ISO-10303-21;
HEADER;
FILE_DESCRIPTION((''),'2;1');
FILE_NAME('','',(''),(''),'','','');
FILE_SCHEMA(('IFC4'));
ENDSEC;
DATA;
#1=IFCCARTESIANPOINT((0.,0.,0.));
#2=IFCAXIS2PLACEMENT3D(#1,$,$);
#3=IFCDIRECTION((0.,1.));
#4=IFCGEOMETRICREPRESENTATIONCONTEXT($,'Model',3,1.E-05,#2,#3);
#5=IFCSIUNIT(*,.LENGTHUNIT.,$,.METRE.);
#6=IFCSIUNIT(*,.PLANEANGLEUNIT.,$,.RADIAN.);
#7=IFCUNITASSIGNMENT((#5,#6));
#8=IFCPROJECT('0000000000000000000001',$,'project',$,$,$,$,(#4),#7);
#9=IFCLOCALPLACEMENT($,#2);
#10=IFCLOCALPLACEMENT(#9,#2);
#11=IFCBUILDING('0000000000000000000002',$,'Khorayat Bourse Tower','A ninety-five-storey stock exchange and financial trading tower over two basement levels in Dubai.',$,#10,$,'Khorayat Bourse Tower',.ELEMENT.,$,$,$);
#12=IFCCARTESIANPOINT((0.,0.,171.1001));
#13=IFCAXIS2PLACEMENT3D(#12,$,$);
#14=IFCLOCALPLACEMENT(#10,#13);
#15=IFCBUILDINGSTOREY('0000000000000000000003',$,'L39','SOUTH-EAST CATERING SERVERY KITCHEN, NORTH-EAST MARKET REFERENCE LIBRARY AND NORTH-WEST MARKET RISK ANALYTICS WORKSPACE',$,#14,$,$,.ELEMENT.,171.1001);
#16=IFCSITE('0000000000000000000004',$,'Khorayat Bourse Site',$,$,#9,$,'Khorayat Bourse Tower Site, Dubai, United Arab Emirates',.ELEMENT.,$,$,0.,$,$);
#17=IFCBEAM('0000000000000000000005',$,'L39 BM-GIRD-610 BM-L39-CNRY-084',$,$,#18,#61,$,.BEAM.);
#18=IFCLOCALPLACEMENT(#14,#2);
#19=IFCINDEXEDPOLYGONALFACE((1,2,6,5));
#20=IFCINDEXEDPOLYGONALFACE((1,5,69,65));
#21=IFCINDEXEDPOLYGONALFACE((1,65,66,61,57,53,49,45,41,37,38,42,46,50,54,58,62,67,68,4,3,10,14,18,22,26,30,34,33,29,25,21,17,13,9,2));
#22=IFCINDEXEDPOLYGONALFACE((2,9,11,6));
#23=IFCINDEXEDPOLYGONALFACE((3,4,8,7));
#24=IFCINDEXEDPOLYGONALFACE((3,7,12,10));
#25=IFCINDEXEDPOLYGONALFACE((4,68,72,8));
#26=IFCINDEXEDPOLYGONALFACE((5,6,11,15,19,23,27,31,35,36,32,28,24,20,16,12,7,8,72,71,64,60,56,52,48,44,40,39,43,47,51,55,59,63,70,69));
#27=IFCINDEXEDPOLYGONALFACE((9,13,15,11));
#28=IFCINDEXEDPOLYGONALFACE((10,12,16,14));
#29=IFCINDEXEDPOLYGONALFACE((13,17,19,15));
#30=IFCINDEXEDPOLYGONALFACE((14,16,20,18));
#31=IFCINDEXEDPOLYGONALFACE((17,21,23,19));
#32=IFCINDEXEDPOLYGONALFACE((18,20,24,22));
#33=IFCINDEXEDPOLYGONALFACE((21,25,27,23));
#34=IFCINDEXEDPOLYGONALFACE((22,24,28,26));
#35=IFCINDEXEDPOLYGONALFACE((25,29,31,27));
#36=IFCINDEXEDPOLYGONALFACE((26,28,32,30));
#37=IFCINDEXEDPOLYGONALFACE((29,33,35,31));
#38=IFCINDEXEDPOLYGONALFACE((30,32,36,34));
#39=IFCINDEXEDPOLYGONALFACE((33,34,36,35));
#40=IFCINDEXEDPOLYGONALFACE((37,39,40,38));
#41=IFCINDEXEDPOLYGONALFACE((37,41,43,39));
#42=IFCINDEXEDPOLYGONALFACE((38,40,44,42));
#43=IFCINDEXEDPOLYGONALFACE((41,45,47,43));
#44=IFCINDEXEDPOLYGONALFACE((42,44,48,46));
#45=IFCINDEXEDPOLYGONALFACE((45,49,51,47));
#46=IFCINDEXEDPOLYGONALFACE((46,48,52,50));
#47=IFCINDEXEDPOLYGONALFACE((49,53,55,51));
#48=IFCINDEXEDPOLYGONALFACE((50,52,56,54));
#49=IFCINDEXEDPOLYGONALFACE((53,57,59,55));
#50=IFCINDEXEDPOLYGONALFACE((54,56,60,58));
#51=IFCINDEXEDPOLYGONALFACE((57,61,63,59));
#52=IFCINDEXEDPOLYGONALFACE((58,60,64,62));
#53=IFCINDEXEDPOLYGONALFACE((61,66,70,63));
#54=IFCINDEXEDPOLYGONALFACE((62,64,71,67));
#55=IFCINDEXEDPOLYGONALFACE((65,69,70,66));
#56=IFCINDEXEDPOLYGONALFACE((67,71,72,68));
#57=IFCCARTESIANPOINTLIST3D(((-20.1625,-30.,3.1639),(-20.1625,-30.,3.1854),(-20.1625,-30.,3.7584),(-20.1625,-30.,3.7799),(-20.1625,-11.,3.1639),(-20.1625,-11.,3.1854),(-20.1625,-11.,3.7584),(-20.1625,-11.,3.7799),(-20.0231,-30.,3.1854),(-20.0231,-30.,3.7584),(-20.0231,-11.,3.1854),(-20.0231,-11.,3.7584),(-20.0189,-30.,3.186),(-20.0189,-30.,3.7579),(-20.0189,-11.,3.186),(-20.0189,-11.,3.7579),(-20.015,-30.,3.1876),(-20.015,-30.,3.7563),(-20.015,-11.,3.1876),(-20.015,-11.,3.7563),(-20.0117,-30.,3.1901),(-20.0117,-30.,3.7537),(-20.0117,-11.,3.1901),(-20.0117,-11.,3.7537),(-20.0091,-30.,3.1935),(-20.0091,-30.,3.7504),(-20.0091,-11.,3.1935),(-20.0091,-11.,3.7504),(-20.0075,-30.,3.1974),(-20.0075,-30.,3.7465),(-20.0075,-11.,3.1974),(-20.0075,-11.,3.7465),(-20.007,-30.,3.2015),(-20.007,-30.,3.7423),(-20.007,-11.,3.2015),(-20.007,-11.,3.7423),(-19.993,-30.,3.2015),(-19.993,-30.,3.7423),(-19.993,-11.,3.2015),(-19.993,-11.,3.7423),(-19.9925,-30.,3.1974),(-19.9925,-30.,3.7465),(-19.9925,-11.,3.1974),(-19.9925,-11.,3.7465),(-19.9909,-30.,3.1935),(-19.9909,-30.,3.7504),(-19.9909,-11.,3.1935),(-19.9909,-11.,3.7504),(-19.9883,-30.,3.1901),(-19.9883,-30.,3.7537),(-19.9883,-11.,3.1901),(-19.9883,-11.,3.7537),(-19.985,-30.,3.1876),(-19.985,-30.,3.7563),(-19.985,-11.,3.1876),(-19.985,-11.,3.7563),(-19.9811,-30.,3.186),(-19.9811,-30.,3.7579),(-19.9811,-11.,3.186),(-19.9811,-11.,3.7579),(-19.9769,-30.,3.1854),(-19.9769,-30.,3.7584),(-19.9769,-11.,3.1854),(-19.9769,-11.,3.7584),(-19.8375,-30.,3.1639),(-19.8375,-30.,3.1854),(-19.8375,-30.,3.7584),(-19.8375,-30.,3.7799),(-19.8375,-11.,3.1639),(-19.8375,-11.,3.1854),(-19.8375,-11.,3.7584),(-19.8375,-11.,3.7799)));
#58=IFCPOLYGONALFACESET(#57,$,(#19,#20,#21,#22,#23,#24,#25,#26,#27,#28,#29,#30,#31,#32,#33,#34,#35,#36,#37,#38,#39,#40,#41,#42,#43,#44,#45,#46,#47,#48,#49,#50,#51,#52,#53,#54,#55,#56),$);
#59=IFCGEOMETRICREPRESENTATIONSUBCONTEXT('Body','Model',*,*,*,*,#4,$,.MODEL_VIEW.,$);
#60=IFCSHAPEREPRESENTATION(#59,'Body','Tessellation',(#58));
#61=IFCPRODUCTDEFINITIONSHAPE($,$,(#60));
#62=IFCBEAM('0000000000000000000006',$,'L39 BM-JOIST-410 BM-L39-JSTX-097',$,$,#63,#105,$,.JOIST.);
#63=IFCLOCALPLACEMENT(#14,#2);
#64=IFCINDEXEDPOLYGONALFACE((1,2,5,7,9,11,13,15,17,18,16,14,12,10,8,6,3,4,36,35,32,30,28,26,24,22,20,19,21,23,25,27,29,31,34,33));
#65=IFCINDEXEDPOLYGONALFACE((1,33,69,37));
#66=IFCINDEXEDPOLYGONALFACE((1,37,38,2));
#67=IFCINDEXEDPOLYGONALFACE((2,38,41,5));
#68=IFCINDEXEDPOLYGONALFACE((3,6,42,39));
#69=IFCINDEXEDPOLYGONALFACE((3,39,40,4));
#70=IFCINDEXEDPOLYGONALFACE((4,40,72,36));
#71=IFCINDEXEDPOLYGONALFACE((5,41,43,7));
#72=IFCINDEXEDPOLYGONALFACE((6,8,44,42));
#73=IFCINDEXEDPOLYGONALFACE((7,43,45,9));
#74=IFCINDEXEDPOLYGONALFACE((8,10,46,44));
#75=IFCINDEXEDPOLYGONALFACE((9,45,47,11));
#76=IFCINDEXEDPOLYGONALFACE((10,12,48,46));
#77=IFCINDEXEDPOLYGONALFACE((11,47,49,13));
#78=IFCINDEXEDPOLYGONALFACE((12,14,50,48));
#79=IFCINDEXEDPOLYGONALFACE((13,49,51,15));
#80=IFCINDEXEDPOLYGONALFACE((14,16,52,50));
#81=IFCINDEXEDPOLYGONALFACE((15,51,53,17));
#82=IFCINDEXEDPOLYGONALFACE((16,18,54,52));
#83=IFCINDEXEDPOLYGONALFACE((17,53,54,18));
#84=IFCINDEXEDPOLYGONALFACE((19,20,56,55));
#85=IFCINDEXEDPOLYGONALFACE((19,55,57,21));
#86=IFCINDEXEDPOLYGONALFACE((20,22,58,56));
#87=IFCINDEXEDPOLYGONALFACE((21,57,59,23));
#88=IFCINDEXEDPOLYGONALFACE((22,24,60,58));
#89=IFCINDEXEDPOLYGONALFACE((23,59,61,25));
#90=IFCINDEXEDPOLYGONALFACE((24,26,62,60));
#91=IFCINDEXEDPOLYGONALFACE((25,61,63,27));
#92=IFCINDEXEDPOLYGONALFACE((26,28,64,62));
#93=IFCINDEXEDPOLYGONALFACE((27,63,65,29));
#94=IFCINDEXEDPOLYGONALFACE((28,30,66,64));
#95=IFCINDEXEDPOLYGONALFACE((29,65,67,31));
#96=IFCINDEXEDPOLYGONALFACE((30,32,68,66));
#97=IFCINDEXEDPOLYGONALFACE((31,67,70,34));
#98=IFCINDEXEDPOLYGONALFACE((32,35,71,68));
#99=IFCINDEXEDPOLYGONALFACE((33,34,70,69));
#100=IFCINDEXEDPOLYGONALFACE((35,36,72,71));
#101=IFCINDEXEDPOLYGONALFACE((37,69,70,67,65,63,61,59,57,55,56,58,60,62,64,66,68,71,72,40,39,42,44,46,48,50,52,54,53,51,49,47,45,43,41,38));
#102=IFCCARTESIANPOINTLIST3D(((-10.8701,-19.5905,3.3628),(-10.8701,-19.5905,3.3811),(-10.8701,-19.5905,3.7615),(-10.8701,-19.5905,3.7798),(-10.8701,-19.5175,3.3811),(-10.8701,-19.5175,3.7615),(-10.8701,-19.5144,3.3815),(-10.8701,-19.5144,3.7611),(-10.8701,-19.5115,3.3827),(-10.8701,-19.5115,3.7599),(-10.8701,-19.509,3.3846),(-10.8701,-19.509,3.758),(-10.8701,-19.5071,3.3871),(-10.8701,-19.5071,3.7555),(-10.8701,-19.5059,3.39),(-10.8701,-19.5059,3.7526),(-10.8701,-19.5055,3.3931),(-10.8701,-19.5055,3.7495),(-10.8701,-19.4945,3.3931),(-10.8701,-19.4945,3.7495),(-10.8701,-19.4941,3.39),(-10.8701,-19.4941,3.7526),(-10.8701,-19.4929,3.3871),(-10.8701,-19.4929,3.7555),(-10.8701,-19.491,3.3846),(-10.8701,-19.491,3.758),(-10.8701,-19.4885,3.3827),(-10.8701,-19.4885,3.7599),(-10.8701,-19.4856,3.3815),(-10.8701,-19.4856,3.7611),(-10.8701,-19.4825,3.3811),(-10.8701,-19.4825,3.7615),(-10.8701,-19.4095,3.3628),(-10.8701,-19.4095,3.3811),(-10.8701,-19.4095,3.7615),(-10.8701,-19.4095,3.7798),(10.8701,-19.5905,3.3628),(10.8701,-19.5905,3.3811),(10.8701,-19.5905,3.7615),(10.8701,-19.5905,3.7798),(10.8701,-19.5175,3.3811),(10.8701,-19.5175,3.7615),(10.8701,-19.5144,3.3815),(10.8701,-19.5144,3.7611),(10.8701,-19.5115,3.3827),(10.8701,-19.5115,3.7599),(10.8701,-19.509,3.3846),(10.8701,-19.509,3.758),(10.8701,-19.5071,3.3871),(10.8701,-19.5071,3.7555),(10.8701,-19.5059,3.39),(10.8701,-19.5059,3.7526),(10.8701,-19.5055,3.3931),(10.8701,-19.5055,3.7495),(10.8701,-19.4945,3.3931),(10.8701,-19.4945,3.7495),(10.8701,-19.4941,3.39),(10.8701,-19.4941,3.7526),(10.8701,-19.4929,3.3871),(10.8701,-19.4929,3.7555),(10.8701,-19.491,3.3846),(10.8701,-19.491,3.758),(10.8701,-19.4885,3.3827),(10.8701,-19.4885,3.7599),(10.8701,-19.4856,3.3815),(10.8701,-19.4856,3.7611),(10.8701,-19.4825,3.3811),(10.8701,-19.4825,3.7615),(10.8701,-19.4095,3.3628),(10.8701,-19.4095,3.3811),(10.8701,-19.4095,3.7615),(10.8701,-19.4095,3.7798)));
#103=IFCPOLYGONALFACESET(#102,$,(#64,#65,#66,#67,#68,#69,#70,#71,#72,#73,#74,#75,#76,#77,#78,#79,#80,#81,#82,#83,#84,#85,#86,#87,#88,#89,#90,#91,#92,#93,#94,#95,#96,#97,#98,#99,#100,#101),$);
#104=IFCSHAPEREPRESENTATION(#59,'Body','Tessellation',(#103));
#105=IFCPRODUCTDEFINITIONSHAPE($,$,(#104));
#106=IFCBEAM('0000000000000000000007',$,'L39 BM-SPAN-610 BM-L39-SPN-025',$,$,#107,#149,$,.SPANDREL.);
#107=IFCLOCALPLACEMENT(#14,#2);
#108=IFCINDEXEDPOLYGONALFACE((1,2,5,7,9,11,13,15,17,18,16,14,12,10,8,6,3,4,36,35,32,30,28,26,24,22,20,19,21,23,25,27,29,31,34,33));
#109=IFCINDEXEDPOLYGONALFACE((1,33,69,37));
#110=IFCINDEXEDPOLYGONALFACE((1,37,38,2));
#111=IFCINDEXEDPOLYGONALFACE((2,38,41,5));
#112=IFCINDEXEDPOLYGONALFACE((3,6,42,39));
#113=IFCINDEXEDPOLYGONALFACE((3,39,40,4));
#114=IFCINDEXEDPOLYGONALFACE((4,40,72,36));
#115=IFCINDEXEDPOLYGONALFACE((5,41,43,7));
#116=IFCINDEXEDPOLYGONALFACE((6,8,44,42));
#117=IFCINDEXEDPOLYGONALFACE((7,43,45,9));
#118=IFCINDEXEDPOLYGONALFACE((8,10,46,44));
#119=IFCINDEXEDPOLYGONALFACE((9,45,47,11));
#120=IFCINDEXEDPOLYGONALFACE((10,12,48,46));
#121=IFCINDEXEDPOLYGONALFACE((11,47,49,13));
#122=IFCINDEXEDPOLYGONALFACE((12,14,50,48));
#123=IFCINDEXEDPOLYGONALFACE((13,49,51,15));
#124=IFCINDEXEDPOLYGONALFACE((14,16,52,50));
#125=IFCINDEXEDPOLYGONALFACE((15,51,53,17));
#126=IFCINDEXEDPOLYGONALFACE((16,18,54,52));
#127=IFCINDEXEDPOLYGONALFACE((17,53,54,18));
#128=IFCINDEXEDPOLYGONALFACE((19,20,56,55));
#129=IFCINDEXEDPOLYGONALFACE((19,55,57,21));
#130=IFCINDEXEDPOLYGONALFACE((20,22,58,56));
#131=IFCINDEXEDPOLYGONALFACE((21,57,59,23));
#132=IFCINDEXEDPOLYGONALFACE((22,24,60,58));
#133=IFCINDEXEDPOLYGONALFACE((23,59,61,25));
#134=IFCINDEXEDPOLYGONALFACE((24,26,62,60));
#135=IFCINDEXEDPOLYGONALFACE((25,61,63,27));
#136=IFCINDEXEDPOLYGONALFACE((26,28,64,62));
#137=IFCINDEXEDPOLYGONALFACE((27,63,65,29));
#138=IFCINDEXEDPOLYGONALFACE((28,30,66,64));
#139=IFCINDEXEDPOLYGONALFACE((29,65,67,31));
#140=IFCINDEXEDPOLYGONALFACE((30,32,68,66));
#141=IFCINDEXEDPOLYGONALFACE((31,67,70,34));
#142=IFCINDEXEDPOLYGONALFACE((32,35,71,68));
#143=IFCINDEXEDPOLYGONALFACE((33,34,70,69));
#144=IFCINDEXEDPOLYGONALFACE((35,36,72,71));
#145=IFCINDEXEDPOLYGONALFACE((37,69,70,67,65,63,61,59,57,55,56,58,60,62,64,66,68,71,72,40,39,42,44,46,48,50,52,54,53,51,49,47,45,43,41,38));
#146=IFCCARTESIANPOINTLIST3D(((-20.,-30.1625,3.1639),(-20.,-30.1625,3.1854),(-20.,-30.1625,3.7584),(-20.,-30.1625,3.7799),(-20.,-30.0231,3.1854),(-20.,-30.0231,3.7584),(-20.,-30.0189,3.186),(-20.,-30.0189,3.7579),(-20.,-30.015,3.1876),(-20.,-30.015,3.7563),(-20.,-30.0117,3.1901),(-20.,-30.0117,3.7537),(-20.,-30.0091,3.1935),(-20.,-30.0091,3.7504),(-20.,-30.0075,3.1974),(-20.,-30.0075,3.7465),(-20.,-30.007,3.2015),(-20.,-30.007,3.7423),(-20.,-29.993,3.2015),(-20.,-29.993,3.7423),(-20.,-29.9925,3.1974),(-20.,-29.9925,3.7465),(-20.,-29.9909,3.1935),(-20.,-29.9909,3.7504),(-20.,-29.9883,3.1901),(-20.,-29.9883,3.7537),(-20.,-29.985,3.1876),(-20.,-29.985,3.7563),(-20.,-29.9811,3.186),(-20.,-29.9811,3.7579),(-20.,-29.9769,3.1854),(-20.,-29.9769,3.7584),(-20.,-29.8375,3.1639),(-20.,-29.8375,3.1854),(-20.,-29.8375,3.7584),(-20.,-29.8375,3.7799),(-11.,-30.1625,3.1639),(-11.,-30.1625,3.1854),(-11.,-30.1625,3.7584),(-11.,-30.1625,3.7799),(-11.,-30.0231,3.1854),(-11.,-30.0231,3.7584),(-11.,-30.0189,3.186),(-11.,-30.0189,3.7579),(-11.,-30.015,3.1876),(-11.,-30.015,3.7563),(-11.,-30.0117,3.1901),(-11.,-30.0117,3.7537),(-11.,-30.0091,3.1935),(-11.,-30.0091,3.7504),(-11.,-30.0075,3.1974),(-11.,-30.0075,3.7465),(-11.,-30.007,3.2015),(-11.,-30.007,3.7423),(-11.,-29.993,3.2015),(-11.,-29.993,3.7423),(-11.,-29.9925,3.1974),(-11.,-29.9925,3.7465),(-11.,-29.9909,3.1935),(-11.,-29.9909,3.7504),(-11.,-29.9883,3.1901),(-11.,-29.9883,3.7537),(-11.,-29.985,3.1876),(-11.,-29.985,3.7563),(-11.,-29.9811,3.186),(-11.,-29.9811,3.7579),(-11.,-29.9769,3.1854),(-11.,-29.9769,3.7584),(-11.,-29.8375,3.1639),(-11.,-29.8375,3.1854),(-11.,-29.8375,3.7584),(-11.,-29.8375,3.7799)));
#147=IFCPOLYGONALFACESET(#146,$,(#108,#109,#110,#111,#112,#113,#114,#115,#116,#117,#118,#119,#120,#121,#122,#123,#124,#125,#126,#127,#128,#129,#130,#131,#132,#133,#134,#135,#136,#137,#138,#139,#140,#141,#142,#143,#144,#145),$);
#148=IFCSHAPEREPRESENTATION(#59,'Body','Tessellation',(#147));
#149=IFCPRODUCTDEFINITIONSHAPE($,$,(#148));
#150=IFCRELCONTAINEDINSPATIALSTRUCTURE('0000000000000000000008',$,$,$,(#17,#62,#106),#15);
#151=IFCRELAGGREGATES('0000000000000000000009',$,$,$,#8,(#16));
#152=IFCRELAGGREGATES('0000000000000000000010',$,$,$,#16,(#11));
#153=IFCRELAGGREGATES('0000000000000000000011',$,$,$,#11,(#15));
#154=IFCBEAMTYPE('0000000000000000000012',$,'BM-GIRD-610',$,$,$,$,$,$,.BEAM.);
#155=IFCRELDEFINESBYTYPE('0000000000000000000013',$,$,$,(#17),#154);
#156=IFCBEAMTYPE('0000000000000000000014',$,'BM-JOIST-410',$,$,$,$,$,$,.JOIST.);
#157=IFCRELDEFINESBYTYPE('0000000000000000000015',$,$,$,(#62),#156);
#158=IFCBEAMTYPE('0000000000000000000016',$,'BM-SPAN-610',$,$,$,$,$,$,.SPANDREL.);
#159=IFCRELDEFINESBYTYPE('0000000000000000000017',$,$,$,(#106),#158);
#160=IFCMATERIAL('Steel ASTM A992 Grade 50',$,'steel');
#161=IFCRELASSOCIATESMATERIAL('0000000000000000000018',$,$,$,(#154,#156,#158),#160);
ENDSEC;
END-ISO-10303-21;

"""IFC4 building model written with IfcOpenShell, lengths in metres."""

from ifc_helpers import new_model, si_unit, direction, frame, origin, origin_2d, place, context, subcontext, project, spatial, i_section, extrude, source, transform, mapped, material, material_profile, profile_set, type_object, element, save


model = new_model("IFC4")

# Units and contexts
model_context = context("Model", 3, precision=1e-05, world=origin(), true_north=direction((0.0, 1.0)))
body_context = subcontext(model_context, "Body", "Model", "MODEL_VIEW")
ifc_project = project(units=[si_unit("LENGTHUNIT", "METRE"), si_unit("PLANEANGLEUNIT", "RADIAN")], contexts=[model_context])

# Site, building, storey
site_placement = place(None, origin())
site = spatial("IfcSite", under=ifc_project, at=site_placement, Name="Khorayat Bourse Site", LongName="Khorayat Bourse Tower Site, Dubai, United Arab Emirates", CompositionType="ELEMENT", RefElevation=0.0)
building_placement = place(site_placement, origin())
building = spatial("IfcBuilding", under=site, at=building_placement, Name="Khorayat Bourse Tower", Description="A ninety-five-storey stock exchange and financial trading tower over two basement levels in Dubai.", LongName="Khorayat Bourse Tower", CompositionType="ELEMENT")
storey_placement = place(building_placement, frame((0.0, 0.0, 171.1001)))
storey = spatial("IfcBuildingStorey", under=building, at=storey_placement, Name="L39", Description="SOUTH-EAST CATERING SERVERY KITCHEN, NORTH-EAST MARKET REFERENCE LIBRARY AND NORTH-WEST MARKET RISK ANALYTICS WORKSPACE", CompositionType="ELEMENT", Elevation=171.1001)

# Beams
ifc_material_1 = material(Name="Steel ASTM A992 Grade 50", Category="steel")
ifc_material_profile_1 = material_profile(ifc_material_1, i_section(OverallWidth=0.325, OverallDepth=0.616, WebThickness=0.0139, FlangeThickness=0.0215, FilletRadius=0.0161, at=origin_2d()), Name="W610X174")
ifc_profile_set_1 = profile_set([ifc_material_profile_1], Name="Steel ASTM A992 Grade 50")
beam_type_1 = type_object("IfcBeamType", Name="BM-GIRD-610", PredefinedType="BEAM", material=ifc_profile_set_1)
shared_shape_1 = source(origin(), body_context, "Body", "SweptSolid", [
    extrude(i_section(OverallWidth=0.325, OverallDepth=0.616, WebThickness=0.0139, FlangeThickness=0.0215, FilletRadius=0.0161, at=origin_2d()), origin(), (0.0, 0.0, 1.0), 19.0),
])
beam_1_placement = place(storey_placement, frame((-20.0, -30.0, 3.4719), z_axis=(0.0, 1.0, 0.0), x_axis=(-1.0, 0.0, 0.0)))
element("IfcBeam", 1, at=beam_1_placement, inside=storey, type_object=beam_type_1, Name="L39 BM-GIRD-610 BM-L39-CNRY-084", PredefinedType="BEAM", context=body_context, shape_type="MappedRepresentation", body=[
    mapped(shared_shape_1, transform((0.0, 0.0, 0.0), scale=1.0)),
])
ifc_material_profile_2 = material_profile(ifc_material_1, i_section(OverallWidth=0.1809, OverallDepth=0.417, WebThickness=0.011, FlangeThickness=0.0183, FilletRadius=0.012, at=origin_2d()), Name="W410X85")
ifc_profile_set_2 = profile_set([ifc_material_profile_2], Name="Steel ASTM A992 Grade 50")
beam_type_2 = type_object("IfcBeamType", Name="BM-JOIST-410", PredefinedType="JOIST", material=ifc_profile_set_2)
shared_shape_2 = source(origin(), body_context, "Body", "SweptSolid", [
    extrude(i_section(OverallWidth=0.1809, OverallDepth=0.417, WebThickness=0.011, FlangeThickness=0.0183, FilletRadius=0.012, at=origin_2d()), origin(), (0.0, 0.0, 1.0), 21.7402),
])
beam_2_placement = place(storey_placement, frame((-10.8701, -19.5, 3.5713), z_axis=(1.0, 0.0, 0.0), x_axis=(0.0, 1.0, 0.0)))
element("IfcBeam", 2, at=beam_2_placement, inside=storey, type_object=beam_type_2, Name="L39 BM-JOIST-410 BM-L39-JSTX-097", PredefinedType="JOIST", context=body_context, shape_type="MappedRepresentation", body=[
    mapped(shared_shape_2, transform((0.0, 0.0, 0.0), scale=1.0)),
])
ifc_material_profile_3 = material_profile(ifc_material_1, i_section(OverallWidth=0.325, OverallDepth=0.616, WebThickness=0.0139, FlangeThickness=0.0215, FilletRadius=0.0161, at=origin_2d()), Name="W610X174")
ifc_profile_set_3 = profile_set([ifc_material_profile_3], Name="Steel ASTM A992 Grade 50")
beam_type_3 = type_object("IfcBeamType", Name="BM-SPAN-610", PredefinedType="SPANDREL", material=ifc_profile_set_3)
shared_shape_3 = source(origin(), body_context, "Body", "SweptSolid", [
    extrude(i_section(OverallWidth=0.325, OverallDepth=0.616, WebThickness=0.0139, FlangeThickness=0.0215, FilletRadius=0.0161, at=origin_2d()), origin(), (0.0, 0.0, 1.0), 9.0),
])
beam_3_placement = place(storey_placement, frame((-20.0, -30.0, 3.4719), z_axis=(1.0, 0.0, 0.0), x_axis=(0.0, 1.0, 0.0)))
element("IfcBeam", 3, at=beam_3_placement, inside=storey, type_object=beam_type_3, Name="L39 BM-SPAN-610 BM-L39-SPN-025", PredefinedType="SPANDREL", context=body_context, shape_type="MappedRepresentation", body=[
    mapped(shared_shape_3, transform((0.0, 0.0, 0.0), scale=1.0)),
])

save(model, "model.ifc")
